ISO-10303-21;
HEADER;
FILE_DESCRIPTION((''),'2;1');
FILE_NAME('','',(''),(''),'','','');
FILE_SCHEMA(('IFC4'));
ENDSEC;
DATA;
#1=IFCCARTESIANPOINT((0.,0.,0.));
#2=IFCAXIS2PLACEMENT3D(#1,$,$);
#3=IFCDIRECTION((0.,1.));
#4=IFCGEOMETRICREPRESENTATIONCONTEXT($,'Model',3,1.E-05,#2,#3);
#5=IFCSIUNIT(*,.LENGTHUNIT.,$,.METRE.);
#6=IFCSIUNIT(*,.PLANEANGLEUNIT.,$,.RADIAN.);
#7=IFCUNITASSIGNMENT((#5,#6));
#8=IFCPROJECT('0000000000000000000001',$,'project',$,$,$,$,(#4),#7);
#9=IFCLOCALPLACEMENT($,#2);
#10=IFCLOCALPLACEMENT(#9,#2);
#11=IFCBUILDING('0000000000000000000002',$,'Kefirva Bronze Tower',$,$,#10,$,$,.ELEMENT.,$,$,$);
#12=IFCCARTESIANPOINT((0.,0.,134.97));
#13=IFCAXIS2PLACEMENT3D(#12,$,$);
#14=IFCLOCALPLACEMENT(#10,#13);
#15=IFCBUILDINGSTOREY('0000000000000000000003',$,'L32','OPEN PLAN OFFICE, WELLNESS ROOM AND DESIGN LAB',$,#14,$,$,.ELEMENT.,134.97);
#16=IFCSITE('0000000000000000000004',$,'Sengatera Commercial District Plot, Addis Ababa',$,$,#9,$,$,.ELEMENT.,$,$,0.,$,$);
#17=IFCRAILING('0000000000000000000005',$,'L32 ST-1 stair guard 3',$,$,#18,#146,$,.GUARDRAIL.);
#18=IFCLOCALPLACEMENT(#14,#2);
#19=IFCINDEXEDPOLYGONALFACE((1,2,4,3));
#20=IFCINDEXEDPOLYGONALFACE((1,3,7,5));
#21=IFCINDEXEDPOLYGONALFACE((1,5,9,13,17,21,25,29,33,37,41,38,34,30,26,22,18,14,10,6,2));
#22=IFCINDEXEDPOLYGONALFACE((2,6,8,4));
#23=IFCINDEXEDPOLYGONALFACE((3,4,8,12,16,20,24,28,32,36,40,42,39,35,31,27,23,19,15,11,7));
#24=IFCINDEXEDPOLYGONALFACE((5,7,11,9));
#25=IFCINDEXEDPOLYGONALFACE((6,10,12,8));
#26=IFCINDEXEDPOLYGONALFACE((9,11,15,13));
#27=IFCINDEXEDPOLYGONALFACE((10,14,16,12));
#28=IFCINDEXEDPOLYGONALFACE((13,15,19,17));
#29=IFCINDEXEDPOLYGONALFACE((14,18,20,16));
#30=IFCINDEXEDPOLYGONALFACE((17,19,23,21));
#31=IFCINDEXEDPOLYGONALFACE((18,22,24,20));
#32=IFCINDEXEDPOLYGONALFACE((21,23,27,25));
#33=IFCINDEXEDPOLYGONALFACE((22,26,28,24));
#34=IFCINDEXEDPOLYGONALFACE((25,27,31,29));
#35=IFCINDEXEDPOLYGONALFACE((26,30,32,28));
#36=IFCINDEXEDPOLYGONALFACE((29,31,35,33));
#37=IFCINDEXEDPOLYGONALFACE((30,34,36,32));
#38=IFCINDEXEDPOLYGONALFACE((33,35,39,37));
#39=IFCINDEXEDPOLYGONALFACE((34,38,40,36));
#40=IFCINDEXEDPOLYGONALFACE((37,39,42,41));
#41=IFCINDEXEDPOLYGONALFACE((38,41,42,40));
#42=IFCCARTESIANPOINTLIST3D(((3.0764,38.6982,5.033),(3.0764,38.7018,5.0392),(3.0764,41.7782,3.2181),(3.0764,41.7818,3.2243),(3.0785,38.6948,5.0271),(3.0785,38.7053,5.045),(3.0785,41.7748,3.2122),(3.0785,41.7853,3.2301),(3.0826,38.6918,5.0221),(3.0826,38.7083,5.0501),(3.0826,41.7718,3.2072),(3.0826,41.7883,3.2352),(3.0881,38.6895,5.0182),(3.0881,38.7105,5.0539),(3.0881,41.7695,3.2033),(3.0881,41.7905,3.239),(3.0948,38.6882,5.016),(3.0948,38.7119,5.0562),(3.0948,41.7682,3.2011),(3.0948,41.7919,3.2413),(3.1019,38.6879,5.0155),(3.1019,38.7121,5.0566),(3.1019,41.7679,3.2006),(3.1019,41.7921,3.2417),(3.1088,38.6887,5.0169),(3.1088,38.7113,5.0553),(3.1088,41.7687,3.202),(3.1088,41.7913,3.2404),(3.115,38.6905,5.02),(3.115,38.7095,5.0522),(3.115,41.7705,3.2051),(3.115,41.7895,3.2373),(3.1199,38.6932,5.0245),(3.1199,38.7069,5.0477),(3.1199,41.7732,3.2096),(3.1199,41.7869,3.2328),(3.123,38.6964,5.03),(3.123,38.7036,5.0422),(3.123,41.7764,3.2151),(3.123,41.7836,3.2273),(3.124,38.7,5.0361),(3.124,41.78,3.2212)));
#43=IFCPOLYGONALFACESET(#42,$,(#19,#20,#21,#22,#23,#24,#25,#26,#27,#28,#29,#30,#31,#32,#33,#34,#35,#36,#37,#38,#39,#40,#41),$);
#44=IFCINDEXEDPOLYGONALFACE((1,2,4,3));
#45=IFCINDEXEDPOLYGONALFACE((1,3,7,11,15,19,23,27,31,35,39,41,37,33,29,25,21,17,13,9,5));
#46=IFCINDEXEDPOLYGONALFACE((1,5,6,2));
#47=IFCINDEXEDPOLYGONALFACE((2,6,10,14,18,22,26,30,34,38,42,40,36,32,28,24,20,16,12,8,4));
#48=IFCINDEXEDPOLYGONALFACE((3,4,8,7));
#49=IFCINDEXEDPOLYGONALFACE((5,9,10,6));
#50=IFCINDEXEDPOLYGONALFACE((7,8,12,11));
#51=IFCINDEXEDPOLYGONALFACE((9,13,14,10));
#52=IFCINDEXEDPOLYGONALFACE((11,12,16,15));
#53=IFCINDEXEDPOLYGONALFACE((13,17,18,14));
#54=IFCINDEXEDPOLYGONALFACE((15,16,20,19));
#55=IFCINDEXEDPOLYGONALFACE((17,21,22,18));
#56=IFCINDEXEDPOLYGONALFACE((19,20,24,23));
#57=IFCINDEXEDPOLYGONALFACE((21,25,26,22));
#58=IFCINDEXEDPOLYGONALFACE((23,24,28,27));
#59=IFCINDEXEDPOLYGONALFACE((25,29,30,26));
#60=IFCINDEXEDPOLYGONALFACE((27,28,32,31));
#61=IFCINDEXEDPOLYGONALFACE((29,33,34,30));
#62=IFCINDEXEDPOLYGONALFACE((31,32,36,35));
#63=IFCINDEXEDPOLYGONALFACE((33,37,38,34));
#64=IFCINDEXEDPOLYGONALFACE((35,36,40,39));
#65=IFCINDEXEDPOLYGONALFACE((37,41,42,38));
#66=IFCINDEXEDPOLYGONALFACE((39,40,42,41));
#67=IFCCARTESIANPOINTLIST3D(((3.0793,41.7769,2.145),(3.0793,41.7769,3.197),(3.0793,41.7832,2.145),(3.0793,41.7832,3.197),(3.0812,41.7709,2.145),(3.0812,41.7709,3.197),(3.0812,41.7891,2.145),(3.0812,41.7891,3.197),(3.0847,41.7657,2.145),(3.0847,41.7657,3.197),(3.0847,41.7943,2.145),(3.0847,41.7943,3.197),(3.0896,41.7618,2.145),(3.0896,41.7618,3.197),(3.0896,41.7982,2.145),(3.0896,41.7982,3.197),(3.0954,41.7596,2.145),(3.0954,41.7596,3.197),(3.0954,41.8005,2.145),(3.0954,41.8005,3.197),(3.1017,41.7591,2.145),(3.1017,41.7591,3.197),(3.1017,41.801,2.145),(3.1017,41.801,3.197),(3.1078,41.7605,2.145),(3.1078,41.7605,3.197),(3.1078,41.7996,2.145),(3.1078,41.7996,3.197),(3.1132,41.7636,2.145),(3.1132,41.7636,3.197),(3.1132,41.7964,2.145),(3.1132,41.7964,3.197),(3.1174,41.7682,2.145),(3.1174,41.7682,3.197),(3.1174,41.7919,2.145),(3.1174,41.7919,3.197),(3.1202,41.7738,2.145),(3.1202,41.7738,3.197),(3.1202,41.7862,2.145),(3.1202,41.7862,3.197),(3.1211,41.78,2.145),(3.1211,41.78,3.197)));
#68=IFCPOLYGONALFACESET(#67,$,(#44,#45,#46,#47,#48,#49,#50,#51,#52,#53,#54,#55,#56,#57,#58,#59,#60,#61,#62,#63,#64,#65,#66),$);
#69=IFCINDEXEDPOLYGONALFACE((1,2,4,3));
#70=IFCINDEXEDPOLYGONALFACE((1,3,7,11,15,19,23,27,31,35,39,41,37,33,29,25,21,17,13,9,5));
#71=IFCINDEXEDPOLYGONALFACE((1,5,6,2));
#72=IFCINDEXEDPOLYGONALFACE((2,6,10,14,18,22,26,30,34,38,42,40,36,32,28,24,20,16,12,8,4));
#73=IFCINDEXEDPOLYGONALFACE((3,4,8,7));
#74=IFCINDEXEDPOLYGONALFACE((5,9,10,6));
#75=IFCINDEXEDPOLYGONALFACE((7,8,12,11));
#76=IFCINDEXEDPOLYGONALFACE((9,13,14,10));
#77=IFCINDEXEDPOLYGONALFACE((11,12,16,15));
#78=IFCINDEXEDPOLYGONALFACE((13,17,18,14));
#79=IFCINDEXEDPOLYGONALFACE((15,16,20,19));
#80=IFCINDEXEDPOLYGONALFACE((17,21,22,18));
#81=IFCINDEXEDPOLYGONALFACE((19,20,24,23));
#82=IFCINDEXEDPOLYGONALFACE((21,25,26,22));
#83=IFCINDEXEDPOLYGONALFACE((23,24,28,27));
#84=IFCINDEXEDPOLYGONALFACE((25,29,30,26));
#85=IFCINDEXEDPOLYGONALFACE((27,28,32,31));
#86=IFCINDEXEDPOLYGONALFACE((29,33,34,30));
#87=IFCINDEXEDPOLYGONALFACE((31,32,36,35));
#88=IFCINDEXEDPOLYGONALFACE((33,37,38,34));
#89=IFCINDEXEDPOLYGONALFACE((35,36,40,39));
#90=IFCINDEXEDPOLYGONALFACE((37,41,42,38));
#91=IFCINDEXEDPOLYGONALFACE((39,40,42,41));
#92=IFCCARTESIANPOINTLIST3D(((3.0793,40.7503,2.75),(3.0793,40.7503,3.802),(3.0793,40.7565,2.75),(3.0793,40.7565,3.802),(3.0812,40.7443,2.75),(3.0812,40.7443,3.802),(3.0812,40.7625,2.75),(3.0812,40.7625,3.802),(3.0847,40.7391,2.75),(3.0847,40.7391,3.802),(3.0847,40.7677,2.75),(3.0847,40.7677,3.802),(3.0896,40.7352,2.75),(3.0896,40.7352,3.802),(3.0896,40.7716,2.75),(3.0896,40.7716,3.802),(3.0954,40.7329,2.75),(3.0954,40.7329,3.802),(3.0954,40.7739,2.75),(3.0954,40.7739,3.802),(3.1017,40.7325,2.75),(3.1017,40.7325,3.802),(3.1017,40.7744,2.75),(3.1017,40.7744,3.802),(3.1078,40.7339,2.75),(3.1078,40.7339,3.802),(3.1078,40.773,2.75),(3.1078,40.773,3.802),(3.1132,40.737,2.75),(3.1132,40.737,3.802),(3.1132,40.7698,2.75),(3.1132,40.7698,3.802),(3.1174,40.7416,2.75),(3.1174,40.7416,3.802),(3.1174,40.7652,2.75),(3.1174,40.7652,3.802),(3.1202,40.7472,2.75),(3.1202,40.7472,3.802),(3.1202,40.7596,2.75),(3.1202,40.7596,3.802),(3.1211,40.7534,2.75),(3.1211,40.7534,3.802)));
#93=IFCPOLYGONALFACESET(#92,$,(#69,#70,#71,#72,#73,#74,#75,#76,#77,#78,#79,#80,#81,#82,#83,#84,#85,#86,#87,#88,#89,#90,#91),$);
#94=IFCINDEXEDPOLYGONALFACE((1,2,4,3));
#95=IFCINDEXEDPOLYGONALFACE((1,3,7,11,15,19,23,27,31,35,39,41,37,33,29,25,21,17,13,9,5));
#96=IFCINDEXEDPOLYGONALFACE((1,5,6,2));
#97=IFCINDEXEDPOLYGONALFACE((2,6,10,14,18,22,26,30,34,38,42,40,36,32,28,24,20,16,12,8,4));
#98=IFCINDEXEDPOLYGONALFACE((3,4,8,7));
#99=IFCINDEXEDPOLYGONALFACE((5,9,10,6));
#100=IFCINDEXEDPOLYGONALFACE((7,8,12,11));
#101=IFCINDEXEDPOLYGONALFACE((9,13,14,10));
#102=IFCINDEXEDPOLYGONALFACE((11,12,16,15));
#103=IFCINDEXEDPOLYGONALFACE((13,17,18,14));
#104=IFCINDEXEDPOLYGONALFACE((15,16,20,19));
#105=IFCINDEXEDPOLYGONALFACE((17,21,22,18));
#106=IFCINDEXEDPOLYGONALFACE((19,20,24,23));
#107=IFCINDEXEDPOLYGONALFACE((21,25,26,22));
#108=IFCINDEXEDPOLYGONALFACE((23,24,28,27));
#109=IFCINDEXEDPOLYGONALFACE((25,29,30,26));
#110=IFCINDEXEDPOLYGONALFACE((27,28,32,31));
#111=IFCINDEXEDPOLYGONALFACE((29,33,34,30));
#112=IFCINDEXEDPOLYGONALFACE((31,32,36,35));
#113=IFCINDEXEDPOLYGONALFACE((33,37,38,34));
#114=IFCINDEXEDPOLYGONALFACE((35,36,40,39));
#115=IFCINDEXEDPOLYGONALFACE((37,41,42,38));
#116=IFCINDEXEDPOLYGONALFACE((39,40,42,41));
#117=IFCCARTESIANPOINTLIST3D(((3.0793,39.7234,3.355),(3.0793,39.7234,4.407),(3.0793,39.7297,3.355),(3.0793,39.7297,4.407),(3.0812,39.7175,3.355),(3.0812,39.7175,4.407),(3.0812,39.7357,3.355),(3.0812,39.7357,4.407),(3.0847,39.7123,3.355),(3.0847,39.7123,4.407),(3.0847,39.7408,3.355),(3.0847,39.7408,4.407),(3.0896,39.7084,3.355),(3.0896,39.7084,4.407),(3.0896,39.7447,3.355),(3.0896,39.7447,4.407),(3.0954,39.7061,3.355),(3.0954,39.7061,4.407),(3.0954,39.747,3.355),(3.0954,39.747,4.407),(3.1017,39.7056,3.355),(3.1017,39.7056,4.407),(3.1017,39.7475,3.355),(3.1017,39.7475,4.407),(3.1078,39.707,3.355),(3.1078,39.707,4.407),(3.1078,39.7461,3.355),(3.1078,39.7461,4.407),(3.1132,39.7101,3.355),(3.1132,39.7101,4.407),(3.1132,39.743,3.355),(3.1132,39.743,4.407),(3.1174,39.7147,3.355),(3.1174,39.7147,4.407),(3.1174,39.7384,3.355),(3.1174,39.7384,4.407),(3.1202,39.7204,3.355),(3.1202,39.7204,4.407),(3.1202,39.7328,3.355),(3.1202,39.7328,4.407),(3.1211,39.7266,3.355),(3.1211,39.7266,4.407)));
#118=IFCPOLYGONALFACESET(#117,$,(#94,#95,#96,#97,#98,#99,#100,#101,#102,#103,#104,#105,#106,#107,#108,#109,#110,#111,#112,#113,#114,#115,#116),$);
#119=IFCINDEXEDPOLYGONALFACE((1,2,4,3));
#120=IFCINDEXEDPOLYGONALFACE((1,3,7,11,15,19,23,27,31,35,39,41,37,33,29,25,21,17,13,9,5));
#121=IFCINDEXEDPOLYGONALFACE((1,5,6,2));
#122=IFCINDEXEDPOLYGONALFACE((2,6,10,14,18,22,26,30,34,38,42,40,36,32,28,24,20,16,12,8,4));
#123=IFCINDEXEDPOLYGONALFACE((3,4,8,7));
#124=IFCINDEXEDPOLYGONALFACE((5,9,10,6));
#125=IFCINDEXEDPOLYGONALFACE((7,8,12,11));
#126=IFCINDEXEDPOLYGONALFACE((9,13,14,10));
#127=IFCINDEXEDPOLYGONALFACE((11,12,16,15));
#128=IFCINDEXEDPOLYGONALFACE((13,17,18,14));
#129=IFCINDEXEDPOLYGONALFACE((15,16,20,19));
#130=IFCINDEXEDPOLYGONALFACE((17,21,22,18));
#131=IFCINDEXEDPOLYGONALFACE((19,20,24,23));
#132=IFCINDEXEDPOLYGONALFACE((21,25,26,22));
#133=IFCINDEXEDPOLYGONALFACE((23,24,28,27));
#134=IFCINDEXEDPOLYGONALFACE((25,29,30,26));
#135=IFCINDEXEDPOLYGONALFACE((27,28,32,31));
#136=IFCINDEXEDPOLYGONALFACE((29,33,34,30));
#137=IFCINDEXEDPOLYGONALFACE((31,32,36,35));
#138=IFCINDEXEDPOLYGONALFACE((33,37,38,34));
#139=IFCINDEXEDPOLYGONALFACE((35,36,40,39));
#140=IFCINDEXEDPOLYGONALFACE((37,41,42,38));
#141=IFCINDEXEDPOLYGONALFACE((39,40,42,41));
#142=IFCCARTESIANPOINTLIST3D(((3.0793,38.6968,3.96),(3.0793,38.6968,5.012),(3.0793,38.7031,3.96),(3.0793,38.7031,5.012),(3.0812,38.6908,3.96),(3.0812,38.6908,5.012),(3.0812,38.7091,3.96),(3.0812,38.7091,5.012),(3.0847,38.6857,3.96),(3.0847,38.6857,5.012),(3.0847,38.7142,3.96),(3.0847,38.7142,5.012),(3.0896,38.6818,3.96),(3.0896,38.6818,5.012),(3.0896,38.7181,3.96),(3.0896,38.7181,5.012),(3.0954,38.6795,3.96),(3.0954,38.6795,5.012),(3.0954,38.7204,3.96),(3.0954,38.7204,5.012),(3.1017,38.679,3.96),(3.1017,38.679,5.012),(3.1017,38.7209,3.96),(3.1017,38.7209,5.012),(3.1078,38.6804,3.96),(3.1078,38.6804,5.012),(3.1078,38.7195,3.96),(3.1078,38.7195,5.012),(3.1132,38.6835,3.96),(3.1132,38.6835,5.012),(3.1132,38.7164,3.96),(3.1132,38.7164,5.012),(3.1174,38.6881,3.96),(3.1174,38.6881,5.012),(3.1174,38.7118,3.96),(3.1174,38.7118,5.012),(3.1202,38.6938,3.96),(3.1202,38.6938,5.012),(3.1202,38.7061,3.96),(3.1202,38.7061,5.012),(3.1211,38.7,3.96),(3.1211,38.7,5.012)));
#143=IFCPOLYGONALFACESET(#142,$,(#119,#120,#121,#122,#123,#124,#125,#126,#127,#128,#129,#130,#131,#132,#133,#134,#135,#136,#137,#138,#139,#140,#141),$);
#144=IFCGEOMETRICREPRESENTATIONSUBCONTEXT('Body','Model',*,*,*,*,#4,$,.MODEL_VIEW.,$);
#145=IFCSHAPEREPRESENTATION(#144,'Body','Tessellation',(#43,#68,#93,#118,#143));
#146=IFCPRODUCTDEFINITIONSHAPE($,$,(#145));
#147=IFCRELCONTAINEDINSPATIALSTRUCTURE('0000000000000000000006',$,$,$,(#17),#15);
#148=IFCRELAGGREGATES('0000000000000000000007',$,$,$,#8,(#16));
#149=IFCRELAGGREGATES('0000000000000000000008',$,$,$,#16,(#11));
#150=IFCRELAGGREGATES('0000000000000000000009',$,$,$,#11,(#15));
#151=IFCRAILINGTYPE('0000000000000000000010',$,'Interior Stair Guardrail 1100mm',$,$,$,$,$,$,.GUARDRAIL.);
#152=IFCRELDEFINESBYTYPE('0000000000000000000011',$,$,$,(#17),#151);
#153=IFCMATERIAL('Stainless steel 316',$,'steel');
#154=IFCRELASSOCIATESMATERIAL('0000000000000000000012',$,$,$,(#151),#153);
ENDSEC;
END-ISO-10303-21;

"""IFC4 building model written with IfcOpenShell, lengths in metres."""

from ifc_helpers import new_model, si_unit, direction, frame, origin, origin_2d, place, context, subcontext, project, spatial, circle, extrude, material, type_object, element, save


model = new_model("IFC4")

# Units and contexts
model_context = context("Model", 3, precision=1e-05, world=origin(), true_north=direction((0.0, 1.0)))
body_context = subcontext(model_context, "Body", "Model", "MODEL_VIEW")
ifc_project = project(units=[si_unit("LENGTHUNIT", "METRE"), si_unit("PLANEANGLEUNIT", "RADIAN")], contexts=[model_context])

# Site, building, storey
site_placement = place(None, origin())
site = spatial("IfcSite", under=ifc_project, at=site_placement, Name="Sengatera Commercial District Plot, Addis Ababa", CompositionType="ELEMENT", RefElevation=0.0)
building_placement = place(site_placement, origin())
building = spatial("IfcBuilding", under=site, at=building_placement, Name="Kefirva Bronze Tower", CompositionType="ELEMENT")
storey_placement = place(building_placement, frame((0.0, 0.0, 134.97)))
storey = spatial("IfcBuildingStorey", under=building, at=storey_placement, Name="L32", Description="OPEN PLAN OFFICE, WELLNESS ROOM AND DESIGN LAB", CompositionType="ELEMENT", Elevation=134.97)

# Railing
ifc_material_1 = material(Name="Stainless steel 316", Category="steel")
railing_type_1 = type_object("IfcRailingType", Name="Interior Stair Guardrail 1100mm", PredefinedType="GUARDRAIL", material=ifc_material_1)
railing_1_placement = place(storey_placement, frame((3.1001, 41.78, 2.145)))
element("IfcRailing", 1, at=railing_1_placement, inside=storey, type_object=railing_type_1, Name="L32 ST-1 stair guard 3", PredefinedType="GUARDRAIL", context=body_context, shape_type="SweptSolid", body=[
    extrude(circle(Radius=0.0239, at=origin_2d()), frame((0.0, 0.0, 1.0762), z_axis=(0.0, -0.861551, 0.507671), x_axis=(1.0, 0.0, 0.0)), (0.0, 0.0, 1.0), 3.575),
    extrude(circle(Radius=0.021, at=origin_2d()), origin(), (0.0, 0.0, 1.0), 1.052),
    extrude(circle(Radius=0.021, at=origin_2d()), frame((0.0, -1.0266, 0.605)), (0.0, 0.0, 1.0), 1.052),
    extrude(circle(Radius=0.021, at=origin_2d()), frame((0.0, -2.0535, 1.21)), (0.0, 0.0, 1.0), 1.052),
    extrude(circle(Radius=0.021, at=origin_2d()), frame((0.0, -3.0801, 1.8149)), (0.0, 0.0, 1.0), 1.052),
])

save(model, "model.ifc")
